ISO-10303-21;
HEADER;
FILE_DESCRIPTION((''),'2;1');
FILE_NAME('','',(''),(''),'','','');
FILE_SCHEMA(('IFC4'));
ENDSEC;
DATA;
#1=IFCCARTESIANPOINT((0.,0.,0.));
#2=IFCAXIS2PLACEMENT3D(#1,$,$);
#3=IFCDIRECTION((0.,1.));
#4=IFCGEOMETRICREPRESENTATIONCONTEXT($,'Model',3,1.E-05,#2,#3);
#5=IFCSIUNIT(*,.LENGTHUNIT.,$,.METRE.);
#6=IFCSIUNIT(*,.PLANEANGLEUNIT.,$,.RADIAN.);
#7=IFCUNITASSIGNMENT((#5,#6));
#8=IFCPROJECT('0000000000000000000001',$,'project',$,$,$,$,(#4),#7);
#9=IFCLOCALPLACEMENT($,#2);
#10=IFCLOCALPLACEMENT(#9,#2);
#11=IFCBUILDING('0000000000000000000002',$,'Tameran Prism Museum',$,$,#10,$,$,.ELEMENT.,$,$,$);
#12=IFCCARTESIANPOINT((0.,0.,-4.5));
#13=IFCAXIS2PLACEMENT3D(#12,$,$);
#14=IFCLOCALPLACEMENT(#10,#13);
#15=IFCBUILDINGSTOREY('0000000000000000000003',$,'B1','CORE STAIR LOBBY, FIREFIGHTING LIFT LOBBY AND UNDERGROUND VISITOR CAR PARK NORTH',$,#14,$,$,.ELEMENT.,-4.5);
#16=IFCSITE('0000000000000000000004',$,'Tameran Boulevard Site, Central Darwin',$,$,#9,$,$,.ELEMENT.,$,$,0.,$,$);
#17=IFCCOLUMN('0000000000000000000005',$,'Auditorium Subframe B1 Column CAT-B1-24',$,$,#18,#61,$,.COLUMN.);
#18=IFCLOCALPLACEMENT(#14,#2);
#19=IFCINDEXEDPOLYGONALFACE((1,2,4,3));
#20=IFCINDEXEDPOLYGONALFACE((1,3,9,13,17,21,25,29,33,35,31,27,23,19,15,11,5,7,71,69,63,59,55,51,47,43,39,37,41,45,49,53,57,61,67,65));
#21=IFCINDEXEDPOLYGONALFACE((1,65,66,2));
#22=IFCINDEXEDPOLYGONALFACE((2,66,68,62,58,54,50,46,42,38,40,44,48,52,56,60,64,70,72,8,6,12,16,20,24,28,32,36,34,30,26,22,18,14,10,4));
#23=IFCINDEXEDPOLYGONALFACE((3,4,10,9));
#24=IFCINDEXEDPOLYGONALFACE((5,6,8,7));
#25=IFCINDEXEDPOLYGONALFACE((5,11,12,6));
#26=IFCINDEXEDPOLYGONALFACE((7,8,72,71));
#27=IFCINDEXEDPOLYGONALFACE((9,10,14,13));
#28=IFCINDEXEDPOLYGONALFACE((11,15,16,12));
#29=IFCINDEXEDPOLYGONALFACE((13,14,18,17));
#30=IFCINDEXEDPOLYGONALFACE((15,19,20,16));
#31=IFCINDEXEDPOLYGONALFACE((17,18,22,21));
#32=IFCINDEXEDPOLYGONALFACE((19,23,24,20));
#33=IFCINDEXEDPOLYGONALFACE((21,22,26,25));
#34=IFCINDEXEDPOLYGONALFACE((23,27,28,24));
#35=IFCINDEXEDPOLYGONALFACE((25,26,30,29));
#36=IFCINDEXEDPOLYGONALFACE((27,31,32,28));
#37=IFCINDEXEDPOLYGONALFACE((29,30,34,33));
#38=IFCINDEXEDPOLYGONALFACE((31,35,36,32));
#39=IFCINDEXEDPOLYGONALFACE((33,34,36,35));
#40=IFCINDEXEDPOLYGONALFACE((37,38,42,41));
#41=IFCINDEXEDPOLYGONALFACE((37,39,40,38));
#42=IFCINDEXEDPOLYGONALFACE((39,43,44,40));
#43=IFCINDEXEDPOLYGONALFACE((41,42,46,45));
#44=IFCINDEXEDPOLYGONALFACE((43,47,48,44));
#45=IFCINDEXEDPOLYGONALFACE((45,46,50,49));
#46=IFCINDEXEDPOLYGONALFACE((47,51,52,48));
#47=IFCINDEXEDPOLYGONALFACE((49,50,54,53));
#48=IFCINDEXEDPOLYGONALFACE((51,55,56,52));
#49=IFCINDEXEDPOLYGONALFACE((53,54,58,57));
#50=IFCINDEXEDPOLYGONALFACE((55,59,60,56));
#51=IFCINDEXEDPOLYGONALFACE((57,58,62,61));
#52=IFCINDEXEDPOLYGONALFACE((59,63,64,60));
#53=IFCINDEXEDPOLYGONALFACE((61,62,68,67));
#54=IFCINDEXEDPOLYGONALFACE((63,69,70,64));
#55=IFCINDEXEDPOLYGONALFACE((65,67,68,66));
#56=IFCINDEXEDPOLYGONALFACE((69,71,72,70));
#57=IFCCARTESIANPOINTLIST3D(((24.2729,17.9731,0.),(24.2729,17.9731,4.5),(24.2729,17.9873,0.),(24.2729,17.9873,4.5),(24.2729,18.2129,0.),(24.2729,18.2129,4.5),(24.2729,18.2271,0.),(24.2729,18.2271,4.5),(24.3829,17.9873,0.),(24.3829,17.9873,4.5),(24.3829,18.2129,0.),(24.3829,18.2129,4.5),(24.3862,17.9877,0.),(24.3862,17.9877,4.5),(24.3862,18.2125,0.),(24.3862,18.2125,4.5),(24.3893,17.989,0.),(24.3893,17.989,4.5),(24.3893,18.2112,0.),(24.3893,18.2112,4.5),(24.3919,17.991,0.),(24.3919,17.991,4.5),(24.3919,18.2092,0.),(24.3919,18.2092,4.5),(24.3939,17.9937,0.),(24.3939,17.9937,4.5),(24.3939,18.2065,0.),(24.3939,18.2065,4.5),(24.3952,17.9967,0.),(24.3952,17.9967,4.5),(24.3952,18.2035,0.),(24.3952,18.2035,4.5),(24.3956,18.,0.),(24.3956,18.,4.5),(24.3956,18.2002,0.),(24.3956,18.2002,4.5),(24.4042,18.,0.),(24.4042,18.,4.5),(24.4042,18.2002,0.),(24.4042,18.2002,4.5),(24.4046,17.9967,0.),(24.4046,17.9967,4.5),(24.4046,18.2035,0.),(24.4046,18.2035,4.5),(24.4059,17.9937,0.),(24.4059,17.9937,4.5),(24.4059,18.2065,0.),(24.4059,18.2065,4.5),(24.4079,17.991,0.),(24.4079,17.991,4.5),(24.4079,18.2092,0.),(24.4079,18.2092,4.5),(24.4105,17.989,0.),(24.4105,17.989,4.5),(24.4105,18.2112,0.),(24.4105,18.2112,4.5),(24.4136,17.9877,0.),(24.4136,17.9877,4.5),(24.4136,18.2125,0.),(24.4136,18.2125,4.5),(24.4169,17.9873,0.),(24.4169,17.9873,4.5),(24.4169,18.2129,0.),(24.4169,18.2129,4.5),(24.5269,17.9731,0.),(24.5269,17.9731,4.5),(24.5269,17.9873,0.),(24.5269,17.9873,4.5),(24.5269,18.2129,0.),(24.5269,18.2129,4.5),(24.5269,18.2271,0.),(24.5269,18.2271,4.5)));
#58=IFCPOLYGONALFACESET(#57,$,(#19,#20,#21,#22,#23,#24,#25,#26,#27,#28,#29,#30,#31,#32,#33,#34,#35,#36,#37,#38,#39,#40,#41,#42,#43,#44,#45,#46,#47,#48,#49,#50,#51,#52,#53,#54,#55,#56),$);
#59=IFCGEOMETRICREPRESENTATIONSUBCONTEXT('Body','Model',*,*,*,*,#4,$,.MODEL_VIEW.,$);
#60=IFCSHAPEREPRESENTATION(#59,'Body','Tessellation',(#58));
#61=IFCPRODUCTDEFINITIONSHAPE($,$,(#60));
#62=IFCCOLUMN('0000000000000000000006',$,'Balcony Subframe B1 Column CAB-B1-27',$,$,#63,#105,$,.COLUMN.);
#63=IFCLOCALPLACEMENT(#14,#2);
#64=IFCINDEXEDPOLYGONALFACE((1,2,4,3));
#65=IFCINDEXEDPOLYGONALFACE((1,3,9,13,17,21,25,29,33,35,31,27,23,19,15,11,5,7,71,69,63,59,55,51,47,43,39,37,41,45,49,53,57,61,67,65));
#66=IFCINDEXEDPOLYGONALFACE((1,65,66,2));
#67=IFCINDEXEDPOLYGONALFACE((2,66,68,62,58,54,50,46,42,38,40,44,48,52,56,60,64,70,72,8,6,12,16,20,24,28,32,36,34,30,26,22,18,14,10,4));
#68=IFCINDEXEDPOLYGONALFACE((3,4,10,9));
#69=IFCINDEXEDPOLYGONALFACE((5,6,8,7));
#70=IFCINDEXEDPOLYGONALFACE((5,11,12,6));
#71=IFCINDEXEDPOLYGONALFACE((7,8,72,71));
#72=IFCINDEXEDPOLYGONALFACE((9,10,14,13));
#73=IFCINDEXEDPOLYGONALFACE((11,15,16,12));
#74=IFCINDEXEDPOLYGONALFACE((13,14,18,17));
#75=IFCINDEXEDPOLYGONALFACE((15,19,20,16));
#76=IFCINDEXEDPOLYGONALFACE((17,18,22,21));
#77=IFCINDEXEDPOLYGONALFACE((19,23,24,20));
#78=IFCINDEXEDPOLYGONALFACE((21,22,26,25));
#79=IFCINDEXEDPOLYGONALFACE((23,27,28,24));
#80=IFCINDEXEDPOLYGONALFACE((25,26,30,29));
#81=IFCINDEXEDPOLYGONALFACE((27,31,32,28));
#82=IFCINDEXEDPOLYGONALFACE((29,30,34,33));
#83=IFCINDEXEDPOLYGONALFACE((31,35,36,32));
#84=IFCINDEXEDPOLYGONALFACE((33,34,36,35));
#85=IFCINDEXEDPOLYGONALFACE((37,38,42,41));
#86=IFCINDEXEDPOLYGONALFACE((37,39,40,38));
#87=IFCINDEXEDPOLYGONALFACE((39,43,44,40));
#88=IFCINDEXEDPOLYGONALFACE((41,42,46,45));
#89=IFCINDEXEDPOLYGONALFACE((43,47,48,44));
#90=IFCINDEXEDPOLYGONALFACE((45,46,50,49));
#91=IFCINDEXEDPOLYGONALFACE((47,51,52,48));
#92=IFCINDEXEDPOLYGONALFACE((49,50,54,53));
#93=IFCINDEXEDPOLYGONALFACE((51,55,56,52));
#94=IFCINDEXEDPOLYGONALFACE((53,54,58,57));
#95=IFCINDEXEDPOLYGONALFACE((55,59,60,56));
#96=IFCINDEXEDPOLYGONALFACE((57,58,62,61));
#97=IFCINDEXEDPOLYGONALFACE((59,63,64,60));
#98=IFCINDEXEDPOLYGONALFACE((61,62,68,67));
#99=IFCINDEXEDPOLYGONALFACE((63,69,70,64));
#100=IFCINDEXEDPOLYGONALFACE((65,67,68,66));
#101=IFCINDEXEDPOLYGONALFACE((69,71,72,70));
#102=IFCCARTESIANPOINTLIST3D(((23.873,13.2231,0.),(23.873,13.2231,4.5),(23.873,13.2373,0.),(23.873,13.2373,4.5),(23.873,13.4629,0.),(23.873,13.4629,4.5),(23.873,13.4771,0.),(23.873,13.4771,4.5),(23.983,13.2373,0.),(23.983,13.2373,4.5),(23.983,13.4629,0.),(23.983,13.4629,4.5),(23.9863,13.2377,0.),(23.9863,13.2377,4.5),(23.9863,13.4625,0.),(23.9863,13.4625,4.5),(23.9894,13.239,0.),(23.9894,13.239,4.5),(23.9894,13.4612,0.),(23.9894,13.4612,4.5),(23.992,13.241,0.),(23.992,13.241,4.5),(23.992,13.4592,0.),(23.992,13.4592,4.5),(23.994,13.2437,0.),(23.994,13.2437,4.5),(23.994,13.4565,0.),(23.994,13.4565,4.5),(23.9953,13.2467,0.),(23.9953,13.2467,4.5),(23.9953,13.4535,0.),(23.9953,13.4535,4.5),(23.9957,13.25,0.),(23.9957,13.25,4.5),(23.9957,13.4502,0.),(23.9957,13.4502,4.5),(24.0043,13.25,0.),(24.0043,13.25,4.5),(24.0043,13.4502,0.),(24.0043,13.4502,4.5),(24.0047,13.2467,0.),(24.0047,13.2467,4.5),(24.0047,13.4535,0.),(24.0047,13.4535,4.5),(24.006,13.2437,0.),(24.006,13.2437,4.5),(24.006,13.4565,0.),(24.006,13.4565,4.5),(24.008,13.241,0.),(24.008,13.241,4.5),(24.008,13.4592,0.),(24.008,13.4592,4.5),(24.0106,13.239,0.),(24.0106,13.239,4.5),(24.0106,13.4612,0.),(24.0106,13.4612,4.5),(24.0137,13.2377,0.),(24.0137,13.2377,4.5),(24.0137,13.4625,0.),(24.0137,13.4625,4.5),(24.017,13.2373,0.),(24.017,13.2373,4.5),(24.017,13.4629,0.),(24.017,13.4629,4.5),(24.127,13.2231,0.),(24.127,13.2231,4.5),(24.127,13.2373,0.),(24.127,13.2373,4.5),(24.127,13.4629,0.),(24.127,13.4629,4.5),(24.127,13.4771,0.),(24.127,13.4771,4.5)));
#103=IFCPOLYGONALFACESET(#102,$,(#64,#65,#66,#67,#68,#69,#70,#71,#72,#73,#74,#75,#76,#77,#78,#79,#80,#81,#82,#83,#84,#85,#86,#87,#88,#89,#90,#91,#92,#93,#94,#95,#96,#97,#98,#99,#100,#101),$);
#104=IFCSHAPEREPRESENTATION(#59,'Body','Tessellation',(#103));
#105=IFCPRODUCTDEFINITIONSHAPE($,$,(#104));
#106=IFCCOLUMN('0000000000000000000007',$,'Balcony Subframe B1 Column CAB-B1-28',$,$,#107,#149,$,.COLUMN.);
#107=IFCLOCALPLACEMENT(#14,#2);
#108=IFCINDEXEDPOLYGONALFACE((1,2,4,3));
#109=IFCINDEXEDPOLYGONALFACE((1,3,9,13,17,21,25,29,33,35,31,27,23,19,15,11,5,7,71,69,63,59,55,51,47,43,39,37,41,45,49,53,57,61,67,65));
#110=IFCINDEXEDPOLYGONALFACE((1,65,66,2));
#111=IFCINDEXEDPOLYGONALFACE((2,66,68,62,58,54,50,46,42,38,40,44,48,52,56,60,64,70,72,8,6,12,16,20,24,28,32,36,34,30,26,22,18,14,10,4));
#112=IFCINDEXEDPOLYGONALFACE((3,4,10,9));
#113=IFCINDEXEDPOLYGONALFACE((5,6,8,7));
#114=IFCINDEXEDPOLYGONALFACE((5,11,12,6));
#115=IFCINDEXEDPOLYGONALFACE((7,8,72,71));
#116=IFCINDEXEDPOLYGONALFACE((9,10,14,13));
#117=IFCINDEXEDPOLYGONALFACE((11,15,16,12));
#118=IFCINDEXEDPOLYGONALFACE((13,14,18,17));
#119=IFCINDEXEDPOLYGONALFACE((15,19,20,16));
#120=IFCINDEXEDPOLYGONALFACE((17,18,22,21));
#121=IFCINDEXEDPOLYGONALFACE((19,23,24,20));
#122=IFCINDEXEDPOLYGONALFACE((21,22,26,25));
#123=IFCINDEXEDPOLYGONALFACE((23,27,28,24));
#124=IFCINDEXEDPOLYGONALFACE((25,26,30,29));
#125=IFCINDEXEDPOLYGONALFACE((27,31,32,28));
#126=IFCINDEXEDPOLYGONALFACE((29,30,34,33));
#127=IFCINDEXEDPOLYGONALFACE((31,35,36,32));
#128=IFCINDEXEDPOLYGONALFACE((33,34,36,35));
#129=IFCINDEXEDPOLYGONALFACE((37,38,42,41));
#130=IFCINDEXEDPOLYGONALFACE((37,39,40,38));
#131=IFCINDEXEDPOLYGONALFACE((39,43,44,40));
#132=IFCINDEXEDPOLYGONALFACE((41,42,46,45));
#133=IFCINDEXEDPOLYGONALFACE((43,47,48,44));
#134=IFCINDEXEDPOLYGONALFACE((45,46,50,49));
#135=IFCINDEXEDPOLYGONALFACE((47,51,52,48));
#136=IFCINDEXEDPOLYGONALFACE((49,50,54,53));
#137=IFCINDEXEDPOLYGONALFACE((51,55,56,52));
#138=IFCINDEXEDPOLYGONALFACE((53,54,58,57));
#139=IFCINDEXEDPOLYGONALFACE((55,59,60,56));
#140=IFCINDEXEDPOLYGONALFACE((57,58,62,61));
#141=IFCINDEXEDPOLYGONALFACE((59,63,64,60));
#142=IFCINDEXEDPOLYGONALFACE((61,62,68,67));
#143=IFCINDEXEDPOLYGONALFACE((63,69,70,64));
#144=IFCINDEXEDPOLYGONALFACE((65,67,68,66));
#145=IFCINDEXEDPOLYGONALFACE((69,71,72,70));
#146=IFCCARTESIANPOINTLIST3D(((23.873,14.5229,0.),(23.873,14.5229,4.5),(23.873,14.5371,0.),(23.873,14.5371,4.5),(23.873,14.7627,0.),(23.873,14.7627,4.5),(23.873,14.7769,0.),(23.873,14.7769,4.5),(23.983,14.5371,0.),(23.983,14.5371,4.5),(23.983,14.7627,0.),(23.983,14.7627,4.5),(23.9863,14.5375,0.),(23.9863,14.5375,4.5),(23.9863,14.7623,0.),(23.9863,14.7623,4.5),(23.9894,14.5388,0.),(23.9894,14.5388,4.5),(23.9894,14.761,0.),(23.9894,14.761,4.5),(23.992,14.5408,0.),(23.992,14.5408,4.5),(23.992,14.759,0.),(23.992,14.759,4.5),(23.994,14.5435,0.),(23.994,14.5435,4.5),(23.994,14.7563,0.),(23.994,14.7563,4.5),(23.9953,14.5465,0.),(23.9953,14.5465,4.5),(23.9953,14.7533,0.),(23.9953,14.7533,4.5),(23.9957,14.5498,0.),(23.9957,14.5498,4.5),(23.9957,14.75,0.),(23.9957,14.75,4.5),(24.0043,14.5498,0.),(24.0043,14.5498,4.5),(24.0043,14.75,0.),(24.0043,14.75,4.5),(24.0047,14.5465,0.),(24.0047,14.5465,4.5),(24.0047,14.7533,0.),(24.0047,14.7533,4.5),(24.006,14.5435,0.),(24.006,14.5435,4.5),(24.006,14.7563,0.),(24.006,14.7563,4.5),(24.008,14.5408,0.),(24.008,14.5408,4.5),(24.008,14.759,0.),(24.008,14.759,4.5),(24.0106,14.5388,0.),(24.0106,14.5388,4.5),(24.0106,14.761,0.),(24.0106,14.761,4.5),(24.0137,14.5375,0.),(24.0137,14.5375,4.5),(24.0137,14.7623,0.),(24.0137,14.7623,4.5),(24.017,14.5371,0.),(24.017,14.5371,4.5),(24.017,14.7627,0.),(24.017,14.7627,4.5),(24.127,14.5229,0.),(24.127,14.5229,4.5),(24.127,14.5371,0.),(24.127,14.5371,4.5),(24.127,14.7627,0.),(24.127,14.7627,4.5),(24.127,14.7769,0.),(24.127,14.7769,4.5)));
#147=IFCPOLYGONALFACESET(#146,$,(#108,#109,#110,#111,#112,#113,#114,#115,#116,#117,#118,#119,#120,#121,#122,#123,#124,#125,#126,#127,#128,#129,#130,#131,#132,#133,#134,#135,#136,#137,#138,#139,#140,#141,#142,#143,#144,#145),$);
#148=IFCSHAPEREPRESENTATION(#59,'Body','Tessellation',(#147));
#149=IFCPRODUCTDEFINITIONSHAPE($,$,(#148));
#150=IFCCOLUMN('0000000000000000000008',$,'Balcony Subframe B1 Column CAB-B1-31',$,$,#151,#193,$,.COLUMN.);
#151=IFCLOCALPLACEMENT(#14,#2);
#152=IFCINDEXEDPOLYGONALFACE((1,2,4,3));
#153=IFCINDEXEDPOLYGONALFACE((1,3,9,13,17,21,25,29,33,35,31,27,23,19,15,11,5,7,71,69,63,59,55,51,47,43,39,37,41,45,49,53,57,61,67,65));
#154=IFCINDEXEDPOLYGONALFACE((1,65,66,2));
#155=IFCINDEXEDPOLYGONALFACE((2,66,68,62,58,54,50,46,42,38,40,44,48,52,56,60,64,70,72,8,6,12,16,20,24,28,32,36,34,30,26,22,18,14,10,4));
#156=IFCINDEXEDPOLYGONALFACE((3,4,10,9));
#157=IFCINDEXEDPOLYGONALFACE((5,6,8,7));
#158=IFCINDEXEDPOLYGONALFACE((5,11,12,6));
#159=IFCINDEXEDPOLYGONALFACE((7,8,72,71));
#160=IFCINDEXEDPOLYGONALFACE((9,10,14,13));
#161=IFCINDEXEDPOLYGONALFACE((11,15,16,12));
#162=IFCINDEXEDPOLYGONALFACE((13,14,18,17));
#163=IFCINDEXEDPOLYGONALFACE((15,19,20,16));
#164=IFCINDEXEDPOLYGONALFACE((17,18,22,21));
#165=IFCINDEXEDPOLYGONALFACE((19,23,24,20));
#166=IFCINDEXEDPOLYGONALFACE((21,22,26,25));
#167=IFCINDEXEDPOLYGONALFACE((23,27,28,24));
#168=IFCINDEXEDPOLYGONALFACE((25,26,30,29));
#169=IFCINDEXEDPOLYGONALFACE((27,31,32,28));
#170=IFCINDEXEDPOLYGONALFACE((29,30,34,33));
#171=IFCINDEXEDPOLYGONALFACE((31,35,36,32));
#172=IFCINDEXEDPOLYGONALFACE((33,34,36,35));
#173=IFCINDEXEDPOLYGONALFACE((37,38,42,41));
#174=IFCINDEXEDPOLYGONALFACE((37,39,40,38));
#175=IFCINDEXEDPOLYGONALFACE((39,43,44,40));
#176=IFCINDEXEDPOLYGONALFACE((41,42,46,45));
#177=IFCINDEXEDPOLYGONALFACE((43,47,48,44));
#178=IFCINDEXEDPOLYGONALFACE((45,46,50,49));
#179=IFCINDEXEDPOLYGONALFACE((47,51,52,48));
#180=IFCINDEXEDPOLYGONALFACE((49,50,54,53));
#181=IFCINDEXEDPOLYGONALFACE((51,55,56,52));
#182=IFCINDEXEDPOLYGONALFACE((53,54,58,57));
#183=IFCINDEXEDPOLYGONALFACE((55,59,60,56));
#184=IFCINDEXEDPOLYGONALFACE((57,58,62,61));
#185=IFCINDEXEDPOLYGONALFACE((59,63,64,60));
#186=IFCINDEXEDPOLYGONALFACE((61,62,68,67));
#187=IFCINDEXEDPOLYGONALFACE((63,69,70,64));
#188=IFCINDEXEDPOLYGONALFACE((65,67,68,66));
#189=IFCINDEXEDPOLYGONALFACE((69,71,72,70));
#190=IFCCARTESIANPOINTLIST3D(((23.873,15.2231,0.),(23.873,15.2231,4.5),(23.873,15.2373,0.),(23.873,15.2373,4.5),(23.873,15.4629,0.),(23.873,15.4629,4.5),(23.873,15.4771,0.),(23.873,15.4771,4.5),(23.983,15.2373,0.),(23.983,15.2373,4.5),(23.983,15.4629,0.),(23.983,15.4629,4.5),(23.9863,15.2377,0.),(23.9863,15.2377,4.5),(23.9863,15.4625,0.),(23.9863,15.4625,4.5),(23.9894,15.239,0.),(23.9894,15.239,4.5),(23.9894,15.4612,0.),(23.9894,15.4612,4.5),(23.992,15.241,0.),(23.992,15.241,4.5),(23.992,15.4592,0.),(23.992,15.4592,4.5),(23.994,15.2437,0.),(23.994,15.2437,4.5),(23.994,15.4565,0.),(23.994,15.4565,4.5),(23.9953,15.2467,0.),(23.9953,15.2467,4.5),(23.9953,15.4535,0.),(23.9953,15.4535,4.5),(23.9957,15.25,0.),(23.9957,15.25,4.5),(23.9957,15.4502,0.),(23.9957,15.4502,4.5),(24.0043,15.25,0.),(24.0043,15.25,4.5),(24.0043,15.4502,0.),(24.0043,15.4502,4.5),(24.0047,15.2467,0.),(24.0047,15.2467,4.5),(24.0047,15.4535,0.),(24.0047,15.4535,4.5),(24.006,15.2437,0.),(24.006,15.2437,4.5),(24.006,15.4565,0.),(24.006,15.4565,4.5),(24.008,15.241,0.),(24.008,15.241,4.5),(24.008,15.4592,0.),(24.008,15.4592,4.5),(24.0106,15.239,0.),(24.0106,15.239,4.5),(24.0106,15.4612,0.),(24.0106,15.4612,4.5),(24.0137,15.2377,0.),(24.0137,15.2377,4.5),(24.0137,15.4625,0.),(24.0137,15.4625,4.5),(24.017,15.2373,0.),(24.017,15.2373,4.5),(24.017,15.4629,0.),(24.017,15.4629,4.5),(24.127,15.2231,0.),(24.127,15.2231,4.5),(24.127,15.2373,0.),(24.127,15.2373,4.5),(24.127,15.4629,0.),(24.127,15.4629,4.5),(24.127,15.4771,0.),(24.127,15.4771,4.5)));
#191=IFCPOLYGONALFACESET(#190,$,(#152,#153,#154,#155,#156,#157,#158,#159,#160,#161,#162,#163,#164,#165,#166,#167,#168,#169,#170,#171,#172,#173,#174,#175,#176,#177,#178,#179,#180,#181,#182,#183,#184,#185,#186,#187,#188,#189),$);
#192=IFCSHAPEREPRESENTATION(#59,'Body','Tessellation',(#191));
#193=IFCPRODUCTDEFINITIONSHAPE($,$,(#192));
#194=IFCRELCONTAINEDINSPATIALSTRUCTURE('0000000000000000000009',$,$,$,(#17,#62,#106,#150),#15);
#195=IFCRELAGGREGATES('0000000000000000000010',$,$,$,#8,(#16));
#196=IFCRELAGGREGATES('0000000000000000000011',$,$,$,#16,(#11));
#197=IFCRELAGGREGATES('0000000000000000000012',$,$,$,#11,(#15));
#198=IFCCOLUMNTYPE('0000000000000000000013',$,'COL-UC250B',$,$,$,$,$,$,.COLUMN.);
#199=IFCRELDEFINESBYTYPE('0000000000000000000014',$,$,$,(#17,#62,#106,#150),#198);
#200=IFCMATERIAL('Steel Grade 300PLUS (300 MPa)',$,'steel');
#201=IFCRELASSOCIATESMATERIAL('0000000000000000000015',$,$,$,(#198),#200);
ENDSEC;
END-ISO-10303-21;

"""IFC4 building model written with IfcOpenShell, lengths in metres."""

from ifc_helpers import new_model, si_unit, direction, frame, origin, origin_2d, place, context, subcontext, project, spatial, i_section, extrude, material, material_profile, profile_set, type_object, element, save


model = new_model("IFC4")

# Units and contexts
model_context = context("Model", 3, precision=1e-05, world=origin(), true_north=direction((0.0, 1.0)))
body_context = subcontext(model_context, "Body", "Model", "MODEL_VIEW")
ifc_project = project(units=[si_unit("LENGTHUNIT", "METRE"), si_unit("PLANEANGLEUNIT", "RADIAN")], contexts=[model_context])

# Site, building, storey
site_placement = place(None, origin())
site = spatial("IfcSite", under=ifc_project, at=site_placement, Name="Tameran Boulevard Site, Central Darwin", CompositionType="ELEMENT", RefElevation=0.0)
building_placement = place(site_placement, origin())
building = spatial("IfcBuilding", under=site, at=building_placement, Name="Tameran Prism Museum", CompositionType="ELEMENT")
storey_placement = place(building_placement, frame((0.0, 0.0, -4.5)))
storey = spatial("IfcBuildingStorey", under=building, at=storey_placement, Name="B1", Description="CORE STAIR LOBBY, FIREFIGHTING LIFT LOBBY AND UNDERGROUND VISITOR CAR PARK NORTH", CompositionType="ELEMENT", Elevation=-4.5)

# Columns
ifc_material_1 = material(Name="Steel Grade 300PLUS (300 MPa)", Category="steel")
ifc_material_profile_1 = material_profile(ifc_material_1, i_section(OverallWidth=0.2539, OverallDepth=0.2539, WebThickness=0.0085, FlangeThickness=0.0142, FilletRadius=0.0127, at=origin_2d()))
ifc_profile_set_1 = profile_set([ifc_material_profile_1])
column_type_1 = type_object("IfcColumnType", Name="COL-UC250B", PredefinedType="COLUMN", material=ifc_profile_set_1)
for number, where, z_axis, x_axis, name in (
    (1, (24.3999, 18.1001, 0.0), (0.0, 0.0, 1.0), (1.0, 0.0, 0.0), "Auditorium Subframe B1 Column CAT-B1-24"),
    (2, (24.0, 13.3501, 0.0), (0.0, 0.0, 1.0), (1.0, 0.0, 0.0), "Balcony Subframe B1 Column CAB-B1-27"),
    (3, (24.0, 14.6499, 0.0), (0.0, 0.0, 1.0), (1.0, 0.0, 0.0), "Balcony Subframe B1 Column CAB-B1-28"),
    (4, (24.0, 15.3501, 0.0), (0.0, 0.0, 1.0), (1.0, 0.0, 0.0), "Balcony Subframe B1 Column CAB-B1-31"),
):
    element("IfcColumn", number, at=place(storey_placement, frame(where, z_axis=z_axis, x_axis=x_axis)), inside=storey, type_object=column_type_1, Name=name, PredefinedType="COLUMN", context=body_context, shape_type="SweptSolid", body=[
        extrude(i_section(OverallWidth=0.2539, OverallDepth=0.2539, WebThickness=0.0085, FlangeThickness=0.0142, FilletRadius=0.0127, at=origin_2d()), origin(), (0.0, 0.0, 1.0), 4.5),
    ])

save(model, "model.ifc")
